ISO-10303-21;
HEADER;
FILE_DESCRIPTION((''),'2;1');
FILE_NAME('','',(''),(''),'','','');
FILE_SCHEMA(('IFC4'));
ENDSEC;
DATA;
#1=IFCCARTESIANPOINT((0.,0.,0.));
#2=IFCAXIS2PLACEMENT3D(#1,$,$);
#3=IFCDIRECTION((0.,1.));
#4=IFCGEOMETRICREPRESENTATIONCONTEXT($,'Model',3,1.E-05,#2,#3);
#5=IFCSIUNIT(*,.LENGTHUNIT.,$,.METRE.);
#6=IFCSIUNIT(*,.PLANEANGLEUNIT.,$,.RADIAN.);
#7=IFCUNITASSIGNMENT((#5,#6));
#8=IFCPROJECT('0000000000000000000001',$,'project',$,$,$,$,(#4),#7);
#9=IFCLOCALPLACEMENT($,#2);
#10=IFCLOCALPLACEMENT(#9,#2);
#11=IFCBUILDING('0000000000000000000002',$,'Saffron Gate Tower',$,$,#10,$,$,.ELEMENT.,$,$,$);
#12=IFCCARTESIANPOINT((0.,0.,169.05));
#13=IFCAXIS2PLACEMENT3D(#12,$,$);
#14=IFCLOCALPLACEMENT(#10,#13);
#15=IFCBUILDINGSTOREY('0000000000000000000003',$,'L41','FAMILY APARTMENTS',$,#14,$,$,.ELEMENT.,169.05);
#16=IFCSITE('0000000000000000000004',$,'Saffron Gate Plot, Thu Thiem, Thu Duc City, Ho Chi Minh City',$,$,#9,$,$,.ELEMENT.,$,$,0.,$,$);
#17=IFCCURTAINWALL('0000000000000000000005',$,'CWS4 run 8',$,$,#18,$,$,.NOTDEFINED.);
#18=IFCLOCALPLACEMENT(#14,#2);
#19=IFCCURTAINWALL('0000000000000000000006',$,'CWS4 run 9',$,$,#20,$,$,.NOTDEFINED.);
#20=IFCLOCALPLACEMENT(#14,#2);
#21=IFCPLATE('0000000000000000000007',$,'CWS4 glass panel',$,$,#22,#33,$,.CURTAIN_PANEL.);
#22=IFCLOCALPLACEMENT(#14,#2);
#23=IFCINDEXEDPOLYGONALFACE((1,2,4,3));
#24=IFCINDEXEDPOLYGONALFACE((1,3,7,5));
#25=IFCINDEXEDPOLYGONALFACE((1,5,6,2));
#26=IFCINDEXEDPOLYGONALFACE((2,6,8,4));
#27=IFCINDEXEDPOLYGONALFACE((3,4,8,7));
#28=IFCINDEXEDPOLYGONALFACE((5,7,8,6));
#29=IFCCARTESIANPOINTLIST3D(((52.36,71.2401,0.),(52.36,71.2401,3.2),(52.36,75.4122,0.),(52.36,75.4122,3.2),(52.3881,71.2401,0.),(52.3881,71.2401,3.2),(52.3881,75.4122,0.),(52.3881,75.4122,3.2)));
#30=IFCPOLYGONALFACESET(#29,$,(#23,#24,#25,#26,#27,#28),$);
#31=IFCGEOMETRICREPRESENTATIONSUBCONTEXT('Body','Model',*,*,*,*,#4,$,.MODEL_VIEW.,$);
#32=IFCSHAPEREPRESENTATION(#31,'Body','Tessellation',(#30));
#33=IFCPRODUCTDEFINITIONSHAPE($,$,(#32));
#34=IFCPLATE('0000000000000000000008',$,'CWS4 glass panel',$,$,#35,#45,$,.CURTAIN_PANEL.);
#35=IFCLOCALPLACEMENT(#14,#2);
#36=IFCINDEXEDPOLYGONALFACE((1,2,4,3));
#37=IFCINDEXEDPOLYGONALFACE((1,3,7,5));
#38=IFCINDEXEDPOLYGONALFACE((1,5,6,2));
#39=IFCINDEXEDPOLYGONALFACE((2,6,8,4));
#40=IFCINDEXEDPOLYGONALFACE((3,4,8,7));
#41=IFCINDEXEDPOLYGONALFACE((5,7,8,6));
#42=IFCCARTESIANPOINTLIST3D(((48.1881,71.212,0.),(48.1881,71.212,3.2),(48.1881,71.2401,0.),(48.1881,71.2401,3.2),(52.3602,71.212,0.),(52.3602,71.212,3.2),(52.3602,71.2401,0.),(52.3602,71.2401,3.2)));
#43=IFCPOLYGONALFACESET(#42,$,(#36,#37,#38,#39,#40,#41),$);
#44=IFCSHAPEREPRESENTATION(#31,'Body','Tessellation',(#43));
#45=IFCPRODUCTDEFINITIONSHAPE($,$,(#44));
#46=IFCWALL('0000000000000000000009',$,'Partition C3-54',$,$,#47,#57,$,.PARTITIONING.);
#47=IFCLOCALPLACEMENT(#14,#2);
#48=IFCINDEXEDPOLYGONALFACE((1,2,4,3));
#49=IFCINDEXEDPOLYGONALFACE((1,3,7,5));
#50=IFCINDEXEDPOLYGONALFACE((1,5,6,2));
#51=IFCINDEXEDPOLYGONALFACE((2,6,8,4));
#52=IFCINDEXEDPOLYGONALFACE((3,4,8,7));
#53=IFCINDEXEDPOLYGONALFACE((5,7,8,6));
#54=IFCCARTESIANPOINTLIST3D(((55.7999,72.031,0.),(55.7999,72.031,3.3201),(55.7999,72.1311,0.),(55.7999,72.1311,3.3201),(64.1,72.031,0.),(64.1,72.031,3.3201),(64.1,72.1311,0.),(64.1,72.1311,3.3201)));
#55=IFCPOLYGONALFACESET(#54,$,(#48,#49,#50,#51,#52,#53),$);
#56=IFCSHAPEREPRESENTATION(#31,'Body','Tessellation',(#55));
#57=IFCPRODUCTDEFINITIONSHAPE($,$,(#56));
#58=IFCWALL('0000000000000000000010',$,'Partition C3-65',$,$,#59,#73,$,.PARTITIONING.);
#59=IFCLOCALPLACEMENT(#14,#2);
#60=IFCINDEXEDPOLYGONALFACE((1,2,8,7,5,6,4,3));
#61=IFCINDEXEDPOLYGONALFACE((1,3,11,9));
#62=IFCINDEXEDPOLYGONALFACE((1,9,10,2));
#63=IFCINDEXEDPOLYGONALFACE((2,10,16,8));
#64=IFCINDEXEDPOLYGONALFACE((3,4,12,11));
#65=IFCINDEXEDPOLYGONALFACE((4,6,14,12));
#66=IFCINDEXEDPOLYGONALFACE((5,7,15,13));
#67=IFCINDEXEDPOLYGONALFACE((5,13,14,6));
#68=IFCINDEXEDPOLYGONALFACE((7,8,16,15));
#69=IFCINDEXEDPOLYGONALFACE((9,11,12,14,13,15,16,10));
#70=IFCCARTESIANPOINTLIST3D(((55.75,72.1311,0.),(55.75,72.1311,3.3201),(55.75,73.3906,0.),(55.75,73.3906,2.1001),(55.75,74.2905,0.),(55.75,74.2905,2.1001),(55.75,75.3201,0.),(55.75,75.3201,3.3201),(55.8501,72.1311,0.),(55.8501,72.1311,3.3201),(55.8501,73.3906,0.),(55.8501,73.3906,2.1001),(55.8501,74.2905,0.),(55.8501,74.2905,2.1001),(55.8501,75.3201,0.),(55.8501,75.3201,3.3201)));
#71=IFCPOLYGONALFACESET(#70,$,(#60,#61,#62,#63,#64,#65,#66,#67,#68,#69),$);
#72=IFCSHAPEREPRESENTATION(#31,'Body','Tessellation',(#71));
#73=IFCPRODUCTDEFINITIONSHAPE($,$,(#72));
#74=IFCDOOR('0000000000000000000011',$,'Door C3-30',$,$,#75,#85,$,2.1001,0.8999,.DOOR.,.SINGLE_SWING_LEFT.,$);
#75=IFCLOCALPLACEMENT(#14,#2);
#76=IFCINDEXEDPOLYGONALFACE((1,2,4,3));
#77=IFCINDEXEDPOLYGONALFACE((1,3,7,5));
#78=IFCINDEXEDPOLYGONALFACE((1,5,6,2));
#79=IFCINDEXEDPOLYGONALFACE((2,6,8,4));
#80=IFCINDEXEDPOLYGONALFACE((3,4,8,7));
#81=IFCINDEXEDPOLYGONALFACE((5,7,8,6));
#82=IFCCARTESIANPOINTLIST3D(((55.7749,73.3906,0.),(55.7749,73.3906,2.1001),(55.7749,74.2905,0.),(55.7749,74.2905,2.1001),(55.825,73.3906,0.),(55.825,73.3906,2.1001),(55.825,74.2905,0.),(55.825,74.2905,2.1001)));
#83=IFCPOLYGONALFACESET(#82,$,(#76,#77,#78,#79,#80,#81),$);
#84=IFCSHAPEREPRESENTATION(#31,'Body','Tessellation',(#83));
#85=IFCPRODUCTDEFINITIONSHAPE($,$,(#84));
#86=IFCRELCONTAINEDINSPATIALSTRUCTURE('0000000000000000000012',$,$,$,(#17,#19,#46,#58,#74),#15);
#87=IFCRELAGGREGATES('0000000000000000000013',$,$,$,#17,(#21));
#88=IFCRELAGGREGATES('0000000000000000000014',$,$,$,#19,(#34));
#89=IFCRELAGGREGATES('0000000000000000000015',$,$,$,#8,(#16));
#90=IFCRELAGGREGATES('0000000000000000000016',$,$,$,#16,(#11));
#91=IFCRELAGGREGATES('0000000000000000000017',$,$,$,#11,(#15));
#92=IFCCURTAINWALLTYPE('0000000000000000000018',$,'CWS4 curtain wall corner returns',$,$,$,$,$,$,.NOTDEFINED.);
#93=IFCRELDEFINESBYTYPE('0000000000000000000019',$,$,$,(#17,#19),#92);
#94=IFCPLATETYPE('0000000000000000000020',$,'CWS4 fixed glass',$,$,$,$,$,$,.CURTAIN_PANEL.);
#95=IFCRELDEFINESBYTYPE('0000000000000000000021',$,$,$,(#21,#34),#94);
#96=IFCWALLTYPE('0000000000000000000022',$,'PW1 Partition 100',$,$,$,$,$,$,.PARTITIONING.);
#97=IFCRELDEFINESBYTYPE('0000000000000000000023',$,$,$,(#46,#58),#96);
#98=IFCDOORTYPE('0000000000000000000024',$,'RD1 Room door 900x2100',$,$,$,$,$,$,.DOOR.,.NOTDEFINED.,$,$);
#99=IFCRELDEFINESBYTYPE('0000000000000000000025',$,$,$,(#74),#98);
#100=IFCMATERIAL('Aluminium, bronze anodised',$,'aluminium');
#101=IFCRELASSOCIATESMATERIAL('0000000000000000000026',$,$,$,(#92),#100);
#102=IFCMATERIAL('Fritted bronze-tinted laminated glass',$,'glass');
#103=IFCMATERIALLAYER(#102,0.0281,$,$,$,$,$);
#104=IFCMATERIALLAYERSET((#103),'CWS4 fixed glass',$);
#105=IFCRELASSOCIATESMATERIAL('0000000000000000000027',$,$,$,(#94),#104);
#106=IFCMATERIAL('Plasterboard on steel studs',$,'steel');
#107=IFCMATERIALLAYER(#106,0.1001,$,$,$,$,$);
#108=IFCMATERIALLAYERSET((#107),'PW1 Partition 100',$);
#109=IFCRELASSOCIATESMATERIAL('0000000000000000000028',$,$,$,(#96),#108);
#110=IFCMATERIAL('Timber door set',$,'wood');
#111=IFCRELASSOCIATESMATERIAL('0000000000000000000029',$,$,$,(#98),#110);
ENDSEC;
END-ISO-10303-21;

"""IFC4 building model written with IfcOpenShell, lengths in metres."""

from ifc_helpers import new_model, si_unit, direction, frame, frame_2d, origin, place, context, subcontext, project, spatial, rectangle, extrude, material, layer, layer_set, type_object, element, fill, aggregate, save


model = new_model("IFC4")

# Units and contexts
model_context = context("Model", 3, precision=1e-05, world=origin(), true_north=direction((0.0, 1.0)))
body_context = subcontext(model_context, "Body", "Model", "MODEL_VIEW")
ifc_project = project(units=[si_unit("LENGTHUNIT", "METRE"), si_unit("PLANEANGLEUNIT", "RADIAN")], contexts=[model_context])

# Site, building, storey
site_placement = place(None, origin())
site = spatial("IfcSite", under=ifc_project, at=site_placement, Name="Saffron Gate Plot, Thu Thiem, Thu Duc City, Ho Chi Minh City", CompositionType="ELEMENT", RefElevation=0.0)
building_placement = place(site_placement, origin())
building = spatial("IfcBuilding", under=site, at=building_placement, Name="Saffron Gate Tower", CompositionType="ELEMENT")
storey_placement = place(building_placement, frame((0.0, 0.0, 169.05)))
storey = spatial("IfcBuildingStorey", under=building, at=storey_placement, Name="L41", Description="FAMILY APARTMENTS", CompositionType="ELEMENT", Elevation=169.05)

# Curtain walls
ifc_material_1 = material(Name="Aluminium, bronze anodised", Category="aluminium")
curtain_wall_type_1 = type_object("IfcCurtainWallType", Name="CWS4 curtain wall corner returns", PredefinedType="NOTDEFINED", material=ifc_material_1)
curtain_wall_1_placement = place(storey_placement, origin())
curtain_wall_1 = element("IfcCurtainWall", 1, at=curtain_wall_1_placement, inside=storey, type_object=curtain_wall_type_1, Name="CWS4 run 8", PredefinedType="NOTDEFINED")
curtain_wall_2_placement = place(storey_placement, origin())
curtain_wall_2 = element("IfcCurtainWall", 2, at=curtain_wall_2_placement, inside=storey, type_object=curtain_wall_type_1, Name="CWS4 run 9", PredefinedType="NOTDEFINED")

# Shared definitions
ifc_material_2 = material(Name="Fritted bronze-tinted laminated glass", Category="glass")

# Plates
ifc_layer_1 = layer(ifc_material_2, 0.0281)
ifc_layer_set_1 = layer_set([ifc_layer_1], Name="CWS4 fixed glass")
plate_type_1 = type_object("IfcPlateType", Name="CWS4 fixed glass", PredefinedType="CURTAIN_PANEL", material=ifc_layer_set_1)
plate_1_placement = place(storey_placement, frame((52.374, 75.4121, 0.0), z_axis=(0.0, 0.0, 1.0), x_axis=(0.0, -1.0, 0.0)))
plate_1 = element("IfcPlate", 3, at=plate_1_placement, type_object=plate_type_1, Name="CWS4 glass panel", PredefinedType="CURTAIN_PANEL", context=body_context, shape_type="SweptSolid", body=[
    extrude(rectangle(XDim=4.1721, YDim=0.0281, at=frame_2d((2.0859, 0.0))), origin(), (0.0, 0.0, 1.0), 3.2),
])
aggregate(curtain_wall_1, [plate_1])
plate_2_placement = place(storey_placement, frame((52.3601, 71.2261, 0.0), z_axis=(0.0, 0.0, 1.0), x_axis=(-1.0, 0.0, 0.0)))
plate_2 = element("IfcPlate", 4, at=plate_2_placement, type_object=plate_type_1, Name="CWS4 glass panel", PredefinedType="CURTAIN_PANEL", context=body_context, shape_type="SweptSolid", body=[
    extrude(rectangle(XDim=4.1721, YDim=0.0281, at=frame_2d((2.0859, 0.0))), origin(), (0.0, 0.0, 1.0), 3.2),
])
aggregate(curtain_wall_2, [plate_2])

# Wall
ifc_material_3 = material(Name="Plasterboard on steel studs", Category="steel")
ifc_layer_2 = layer(ifc_material_3, 0.1001)
ifc_layer_set_2 = layer_set([ifc_layer_2], Name="PW1 Partition 100")
wall_type = type_object("IfcWallType", Name="PW1 Partition 100", PredefinedType="PARTITIONING", material=ifc_layer_set_2)
wall_1_placement = place(storey_placement, frame((55.8, 72.0811, 0.0), z_axis=(0.0, 0.0, 1.0), x_axis=(1.0, 0.0, 0.0)))
element("IfcWall", 5, at=wall_1_placement, inside=storey, type_object=wall_type, Name="Partition C3-54", PredefinedType="PARTITIONING", context=body_context, shape_type="SweptSolid", body=[
    extrude(rectangle(XDim=8.3, YDim=0.1001, at=frame_2d((4.1499, 0.0))), origin(), (0.0, 0.0, 1.0), 3.3201),
])

# Wall, opening, door
wall_2_placement = place(storey_placement, frame((55.8, 75.3201, 0.0), z_axis=(0.0, 0.0, 1.0), x_axis=(0.0, -1.0, 0.0)))
wall_2 = element("IfcWall", 6, at=wall_2_placement, inside=storey, type_object=wall_type, Name="Partition C3-65", PredefinedType="PARTITIONING", context=body_context, shape_type="SweptSolid", body=[
    extrude(rectangle(XDim=3.189, YDim=0.1001, at=frame_2d((1.5945, 0.0))), origin(), (0.0, 0.0, 1.0), 3.3201),
])
opening_1_placement = place(wall_2_placement, frame((1.0295, 0.0, 0.0)))
opening_1 = element("IfcOpeningElement", 7, at=opening_1_placement, cuts=wall_2, PredefinedType="OPENING", context=body_context, shape_type="SweptSolid", body=[
    extrude(rectangle(XDim=0.8999, YDim=2.1001, at=frame_2d((0.45, 1.05))), frame((0.0, 0.0601, 0.0), z_axis=(0.0, -1.0, 0.0), x_axis=(1.0, 0.0, 0.0)), (0.0, 0.0, 1.0), 0.1201),
])
ifc_material_4 = material(Name="Timber door set", Category="wood")
door_type = type_object("IfcDoorType", Name="RD1 Room door 900x2100", OperationType="NOTDEFINED", PredefinedType="DOOR", material=ifc_material_4)
door_placement = place(opening_1_placement, origin())
door = element("IfcDoor", 8, at=door_placement, inside=storey, type_object=door_type, Name="Door C3-30", OperationType="SINGLE_SWING_LEFT", OverallHeight=2.1001, OverallWidth=0.8999, PredefinedType="DOOR", context=body_context, shape_type="SweptSolid", body=[
    extrude(rectangle(XDim=0.8999, YDim=2.1001, at=frame_2d((0.45, 1.05))), frame((0.0, 0.0249, 0.0), z_axis=(0.0, -1.0, 0.0), x_axis=(1.0, 0.0, 0.0)), (0.0, 0.0, 1.0), 0.05),
])
fill(opening_1, door)

save(model, "model.ifc")
